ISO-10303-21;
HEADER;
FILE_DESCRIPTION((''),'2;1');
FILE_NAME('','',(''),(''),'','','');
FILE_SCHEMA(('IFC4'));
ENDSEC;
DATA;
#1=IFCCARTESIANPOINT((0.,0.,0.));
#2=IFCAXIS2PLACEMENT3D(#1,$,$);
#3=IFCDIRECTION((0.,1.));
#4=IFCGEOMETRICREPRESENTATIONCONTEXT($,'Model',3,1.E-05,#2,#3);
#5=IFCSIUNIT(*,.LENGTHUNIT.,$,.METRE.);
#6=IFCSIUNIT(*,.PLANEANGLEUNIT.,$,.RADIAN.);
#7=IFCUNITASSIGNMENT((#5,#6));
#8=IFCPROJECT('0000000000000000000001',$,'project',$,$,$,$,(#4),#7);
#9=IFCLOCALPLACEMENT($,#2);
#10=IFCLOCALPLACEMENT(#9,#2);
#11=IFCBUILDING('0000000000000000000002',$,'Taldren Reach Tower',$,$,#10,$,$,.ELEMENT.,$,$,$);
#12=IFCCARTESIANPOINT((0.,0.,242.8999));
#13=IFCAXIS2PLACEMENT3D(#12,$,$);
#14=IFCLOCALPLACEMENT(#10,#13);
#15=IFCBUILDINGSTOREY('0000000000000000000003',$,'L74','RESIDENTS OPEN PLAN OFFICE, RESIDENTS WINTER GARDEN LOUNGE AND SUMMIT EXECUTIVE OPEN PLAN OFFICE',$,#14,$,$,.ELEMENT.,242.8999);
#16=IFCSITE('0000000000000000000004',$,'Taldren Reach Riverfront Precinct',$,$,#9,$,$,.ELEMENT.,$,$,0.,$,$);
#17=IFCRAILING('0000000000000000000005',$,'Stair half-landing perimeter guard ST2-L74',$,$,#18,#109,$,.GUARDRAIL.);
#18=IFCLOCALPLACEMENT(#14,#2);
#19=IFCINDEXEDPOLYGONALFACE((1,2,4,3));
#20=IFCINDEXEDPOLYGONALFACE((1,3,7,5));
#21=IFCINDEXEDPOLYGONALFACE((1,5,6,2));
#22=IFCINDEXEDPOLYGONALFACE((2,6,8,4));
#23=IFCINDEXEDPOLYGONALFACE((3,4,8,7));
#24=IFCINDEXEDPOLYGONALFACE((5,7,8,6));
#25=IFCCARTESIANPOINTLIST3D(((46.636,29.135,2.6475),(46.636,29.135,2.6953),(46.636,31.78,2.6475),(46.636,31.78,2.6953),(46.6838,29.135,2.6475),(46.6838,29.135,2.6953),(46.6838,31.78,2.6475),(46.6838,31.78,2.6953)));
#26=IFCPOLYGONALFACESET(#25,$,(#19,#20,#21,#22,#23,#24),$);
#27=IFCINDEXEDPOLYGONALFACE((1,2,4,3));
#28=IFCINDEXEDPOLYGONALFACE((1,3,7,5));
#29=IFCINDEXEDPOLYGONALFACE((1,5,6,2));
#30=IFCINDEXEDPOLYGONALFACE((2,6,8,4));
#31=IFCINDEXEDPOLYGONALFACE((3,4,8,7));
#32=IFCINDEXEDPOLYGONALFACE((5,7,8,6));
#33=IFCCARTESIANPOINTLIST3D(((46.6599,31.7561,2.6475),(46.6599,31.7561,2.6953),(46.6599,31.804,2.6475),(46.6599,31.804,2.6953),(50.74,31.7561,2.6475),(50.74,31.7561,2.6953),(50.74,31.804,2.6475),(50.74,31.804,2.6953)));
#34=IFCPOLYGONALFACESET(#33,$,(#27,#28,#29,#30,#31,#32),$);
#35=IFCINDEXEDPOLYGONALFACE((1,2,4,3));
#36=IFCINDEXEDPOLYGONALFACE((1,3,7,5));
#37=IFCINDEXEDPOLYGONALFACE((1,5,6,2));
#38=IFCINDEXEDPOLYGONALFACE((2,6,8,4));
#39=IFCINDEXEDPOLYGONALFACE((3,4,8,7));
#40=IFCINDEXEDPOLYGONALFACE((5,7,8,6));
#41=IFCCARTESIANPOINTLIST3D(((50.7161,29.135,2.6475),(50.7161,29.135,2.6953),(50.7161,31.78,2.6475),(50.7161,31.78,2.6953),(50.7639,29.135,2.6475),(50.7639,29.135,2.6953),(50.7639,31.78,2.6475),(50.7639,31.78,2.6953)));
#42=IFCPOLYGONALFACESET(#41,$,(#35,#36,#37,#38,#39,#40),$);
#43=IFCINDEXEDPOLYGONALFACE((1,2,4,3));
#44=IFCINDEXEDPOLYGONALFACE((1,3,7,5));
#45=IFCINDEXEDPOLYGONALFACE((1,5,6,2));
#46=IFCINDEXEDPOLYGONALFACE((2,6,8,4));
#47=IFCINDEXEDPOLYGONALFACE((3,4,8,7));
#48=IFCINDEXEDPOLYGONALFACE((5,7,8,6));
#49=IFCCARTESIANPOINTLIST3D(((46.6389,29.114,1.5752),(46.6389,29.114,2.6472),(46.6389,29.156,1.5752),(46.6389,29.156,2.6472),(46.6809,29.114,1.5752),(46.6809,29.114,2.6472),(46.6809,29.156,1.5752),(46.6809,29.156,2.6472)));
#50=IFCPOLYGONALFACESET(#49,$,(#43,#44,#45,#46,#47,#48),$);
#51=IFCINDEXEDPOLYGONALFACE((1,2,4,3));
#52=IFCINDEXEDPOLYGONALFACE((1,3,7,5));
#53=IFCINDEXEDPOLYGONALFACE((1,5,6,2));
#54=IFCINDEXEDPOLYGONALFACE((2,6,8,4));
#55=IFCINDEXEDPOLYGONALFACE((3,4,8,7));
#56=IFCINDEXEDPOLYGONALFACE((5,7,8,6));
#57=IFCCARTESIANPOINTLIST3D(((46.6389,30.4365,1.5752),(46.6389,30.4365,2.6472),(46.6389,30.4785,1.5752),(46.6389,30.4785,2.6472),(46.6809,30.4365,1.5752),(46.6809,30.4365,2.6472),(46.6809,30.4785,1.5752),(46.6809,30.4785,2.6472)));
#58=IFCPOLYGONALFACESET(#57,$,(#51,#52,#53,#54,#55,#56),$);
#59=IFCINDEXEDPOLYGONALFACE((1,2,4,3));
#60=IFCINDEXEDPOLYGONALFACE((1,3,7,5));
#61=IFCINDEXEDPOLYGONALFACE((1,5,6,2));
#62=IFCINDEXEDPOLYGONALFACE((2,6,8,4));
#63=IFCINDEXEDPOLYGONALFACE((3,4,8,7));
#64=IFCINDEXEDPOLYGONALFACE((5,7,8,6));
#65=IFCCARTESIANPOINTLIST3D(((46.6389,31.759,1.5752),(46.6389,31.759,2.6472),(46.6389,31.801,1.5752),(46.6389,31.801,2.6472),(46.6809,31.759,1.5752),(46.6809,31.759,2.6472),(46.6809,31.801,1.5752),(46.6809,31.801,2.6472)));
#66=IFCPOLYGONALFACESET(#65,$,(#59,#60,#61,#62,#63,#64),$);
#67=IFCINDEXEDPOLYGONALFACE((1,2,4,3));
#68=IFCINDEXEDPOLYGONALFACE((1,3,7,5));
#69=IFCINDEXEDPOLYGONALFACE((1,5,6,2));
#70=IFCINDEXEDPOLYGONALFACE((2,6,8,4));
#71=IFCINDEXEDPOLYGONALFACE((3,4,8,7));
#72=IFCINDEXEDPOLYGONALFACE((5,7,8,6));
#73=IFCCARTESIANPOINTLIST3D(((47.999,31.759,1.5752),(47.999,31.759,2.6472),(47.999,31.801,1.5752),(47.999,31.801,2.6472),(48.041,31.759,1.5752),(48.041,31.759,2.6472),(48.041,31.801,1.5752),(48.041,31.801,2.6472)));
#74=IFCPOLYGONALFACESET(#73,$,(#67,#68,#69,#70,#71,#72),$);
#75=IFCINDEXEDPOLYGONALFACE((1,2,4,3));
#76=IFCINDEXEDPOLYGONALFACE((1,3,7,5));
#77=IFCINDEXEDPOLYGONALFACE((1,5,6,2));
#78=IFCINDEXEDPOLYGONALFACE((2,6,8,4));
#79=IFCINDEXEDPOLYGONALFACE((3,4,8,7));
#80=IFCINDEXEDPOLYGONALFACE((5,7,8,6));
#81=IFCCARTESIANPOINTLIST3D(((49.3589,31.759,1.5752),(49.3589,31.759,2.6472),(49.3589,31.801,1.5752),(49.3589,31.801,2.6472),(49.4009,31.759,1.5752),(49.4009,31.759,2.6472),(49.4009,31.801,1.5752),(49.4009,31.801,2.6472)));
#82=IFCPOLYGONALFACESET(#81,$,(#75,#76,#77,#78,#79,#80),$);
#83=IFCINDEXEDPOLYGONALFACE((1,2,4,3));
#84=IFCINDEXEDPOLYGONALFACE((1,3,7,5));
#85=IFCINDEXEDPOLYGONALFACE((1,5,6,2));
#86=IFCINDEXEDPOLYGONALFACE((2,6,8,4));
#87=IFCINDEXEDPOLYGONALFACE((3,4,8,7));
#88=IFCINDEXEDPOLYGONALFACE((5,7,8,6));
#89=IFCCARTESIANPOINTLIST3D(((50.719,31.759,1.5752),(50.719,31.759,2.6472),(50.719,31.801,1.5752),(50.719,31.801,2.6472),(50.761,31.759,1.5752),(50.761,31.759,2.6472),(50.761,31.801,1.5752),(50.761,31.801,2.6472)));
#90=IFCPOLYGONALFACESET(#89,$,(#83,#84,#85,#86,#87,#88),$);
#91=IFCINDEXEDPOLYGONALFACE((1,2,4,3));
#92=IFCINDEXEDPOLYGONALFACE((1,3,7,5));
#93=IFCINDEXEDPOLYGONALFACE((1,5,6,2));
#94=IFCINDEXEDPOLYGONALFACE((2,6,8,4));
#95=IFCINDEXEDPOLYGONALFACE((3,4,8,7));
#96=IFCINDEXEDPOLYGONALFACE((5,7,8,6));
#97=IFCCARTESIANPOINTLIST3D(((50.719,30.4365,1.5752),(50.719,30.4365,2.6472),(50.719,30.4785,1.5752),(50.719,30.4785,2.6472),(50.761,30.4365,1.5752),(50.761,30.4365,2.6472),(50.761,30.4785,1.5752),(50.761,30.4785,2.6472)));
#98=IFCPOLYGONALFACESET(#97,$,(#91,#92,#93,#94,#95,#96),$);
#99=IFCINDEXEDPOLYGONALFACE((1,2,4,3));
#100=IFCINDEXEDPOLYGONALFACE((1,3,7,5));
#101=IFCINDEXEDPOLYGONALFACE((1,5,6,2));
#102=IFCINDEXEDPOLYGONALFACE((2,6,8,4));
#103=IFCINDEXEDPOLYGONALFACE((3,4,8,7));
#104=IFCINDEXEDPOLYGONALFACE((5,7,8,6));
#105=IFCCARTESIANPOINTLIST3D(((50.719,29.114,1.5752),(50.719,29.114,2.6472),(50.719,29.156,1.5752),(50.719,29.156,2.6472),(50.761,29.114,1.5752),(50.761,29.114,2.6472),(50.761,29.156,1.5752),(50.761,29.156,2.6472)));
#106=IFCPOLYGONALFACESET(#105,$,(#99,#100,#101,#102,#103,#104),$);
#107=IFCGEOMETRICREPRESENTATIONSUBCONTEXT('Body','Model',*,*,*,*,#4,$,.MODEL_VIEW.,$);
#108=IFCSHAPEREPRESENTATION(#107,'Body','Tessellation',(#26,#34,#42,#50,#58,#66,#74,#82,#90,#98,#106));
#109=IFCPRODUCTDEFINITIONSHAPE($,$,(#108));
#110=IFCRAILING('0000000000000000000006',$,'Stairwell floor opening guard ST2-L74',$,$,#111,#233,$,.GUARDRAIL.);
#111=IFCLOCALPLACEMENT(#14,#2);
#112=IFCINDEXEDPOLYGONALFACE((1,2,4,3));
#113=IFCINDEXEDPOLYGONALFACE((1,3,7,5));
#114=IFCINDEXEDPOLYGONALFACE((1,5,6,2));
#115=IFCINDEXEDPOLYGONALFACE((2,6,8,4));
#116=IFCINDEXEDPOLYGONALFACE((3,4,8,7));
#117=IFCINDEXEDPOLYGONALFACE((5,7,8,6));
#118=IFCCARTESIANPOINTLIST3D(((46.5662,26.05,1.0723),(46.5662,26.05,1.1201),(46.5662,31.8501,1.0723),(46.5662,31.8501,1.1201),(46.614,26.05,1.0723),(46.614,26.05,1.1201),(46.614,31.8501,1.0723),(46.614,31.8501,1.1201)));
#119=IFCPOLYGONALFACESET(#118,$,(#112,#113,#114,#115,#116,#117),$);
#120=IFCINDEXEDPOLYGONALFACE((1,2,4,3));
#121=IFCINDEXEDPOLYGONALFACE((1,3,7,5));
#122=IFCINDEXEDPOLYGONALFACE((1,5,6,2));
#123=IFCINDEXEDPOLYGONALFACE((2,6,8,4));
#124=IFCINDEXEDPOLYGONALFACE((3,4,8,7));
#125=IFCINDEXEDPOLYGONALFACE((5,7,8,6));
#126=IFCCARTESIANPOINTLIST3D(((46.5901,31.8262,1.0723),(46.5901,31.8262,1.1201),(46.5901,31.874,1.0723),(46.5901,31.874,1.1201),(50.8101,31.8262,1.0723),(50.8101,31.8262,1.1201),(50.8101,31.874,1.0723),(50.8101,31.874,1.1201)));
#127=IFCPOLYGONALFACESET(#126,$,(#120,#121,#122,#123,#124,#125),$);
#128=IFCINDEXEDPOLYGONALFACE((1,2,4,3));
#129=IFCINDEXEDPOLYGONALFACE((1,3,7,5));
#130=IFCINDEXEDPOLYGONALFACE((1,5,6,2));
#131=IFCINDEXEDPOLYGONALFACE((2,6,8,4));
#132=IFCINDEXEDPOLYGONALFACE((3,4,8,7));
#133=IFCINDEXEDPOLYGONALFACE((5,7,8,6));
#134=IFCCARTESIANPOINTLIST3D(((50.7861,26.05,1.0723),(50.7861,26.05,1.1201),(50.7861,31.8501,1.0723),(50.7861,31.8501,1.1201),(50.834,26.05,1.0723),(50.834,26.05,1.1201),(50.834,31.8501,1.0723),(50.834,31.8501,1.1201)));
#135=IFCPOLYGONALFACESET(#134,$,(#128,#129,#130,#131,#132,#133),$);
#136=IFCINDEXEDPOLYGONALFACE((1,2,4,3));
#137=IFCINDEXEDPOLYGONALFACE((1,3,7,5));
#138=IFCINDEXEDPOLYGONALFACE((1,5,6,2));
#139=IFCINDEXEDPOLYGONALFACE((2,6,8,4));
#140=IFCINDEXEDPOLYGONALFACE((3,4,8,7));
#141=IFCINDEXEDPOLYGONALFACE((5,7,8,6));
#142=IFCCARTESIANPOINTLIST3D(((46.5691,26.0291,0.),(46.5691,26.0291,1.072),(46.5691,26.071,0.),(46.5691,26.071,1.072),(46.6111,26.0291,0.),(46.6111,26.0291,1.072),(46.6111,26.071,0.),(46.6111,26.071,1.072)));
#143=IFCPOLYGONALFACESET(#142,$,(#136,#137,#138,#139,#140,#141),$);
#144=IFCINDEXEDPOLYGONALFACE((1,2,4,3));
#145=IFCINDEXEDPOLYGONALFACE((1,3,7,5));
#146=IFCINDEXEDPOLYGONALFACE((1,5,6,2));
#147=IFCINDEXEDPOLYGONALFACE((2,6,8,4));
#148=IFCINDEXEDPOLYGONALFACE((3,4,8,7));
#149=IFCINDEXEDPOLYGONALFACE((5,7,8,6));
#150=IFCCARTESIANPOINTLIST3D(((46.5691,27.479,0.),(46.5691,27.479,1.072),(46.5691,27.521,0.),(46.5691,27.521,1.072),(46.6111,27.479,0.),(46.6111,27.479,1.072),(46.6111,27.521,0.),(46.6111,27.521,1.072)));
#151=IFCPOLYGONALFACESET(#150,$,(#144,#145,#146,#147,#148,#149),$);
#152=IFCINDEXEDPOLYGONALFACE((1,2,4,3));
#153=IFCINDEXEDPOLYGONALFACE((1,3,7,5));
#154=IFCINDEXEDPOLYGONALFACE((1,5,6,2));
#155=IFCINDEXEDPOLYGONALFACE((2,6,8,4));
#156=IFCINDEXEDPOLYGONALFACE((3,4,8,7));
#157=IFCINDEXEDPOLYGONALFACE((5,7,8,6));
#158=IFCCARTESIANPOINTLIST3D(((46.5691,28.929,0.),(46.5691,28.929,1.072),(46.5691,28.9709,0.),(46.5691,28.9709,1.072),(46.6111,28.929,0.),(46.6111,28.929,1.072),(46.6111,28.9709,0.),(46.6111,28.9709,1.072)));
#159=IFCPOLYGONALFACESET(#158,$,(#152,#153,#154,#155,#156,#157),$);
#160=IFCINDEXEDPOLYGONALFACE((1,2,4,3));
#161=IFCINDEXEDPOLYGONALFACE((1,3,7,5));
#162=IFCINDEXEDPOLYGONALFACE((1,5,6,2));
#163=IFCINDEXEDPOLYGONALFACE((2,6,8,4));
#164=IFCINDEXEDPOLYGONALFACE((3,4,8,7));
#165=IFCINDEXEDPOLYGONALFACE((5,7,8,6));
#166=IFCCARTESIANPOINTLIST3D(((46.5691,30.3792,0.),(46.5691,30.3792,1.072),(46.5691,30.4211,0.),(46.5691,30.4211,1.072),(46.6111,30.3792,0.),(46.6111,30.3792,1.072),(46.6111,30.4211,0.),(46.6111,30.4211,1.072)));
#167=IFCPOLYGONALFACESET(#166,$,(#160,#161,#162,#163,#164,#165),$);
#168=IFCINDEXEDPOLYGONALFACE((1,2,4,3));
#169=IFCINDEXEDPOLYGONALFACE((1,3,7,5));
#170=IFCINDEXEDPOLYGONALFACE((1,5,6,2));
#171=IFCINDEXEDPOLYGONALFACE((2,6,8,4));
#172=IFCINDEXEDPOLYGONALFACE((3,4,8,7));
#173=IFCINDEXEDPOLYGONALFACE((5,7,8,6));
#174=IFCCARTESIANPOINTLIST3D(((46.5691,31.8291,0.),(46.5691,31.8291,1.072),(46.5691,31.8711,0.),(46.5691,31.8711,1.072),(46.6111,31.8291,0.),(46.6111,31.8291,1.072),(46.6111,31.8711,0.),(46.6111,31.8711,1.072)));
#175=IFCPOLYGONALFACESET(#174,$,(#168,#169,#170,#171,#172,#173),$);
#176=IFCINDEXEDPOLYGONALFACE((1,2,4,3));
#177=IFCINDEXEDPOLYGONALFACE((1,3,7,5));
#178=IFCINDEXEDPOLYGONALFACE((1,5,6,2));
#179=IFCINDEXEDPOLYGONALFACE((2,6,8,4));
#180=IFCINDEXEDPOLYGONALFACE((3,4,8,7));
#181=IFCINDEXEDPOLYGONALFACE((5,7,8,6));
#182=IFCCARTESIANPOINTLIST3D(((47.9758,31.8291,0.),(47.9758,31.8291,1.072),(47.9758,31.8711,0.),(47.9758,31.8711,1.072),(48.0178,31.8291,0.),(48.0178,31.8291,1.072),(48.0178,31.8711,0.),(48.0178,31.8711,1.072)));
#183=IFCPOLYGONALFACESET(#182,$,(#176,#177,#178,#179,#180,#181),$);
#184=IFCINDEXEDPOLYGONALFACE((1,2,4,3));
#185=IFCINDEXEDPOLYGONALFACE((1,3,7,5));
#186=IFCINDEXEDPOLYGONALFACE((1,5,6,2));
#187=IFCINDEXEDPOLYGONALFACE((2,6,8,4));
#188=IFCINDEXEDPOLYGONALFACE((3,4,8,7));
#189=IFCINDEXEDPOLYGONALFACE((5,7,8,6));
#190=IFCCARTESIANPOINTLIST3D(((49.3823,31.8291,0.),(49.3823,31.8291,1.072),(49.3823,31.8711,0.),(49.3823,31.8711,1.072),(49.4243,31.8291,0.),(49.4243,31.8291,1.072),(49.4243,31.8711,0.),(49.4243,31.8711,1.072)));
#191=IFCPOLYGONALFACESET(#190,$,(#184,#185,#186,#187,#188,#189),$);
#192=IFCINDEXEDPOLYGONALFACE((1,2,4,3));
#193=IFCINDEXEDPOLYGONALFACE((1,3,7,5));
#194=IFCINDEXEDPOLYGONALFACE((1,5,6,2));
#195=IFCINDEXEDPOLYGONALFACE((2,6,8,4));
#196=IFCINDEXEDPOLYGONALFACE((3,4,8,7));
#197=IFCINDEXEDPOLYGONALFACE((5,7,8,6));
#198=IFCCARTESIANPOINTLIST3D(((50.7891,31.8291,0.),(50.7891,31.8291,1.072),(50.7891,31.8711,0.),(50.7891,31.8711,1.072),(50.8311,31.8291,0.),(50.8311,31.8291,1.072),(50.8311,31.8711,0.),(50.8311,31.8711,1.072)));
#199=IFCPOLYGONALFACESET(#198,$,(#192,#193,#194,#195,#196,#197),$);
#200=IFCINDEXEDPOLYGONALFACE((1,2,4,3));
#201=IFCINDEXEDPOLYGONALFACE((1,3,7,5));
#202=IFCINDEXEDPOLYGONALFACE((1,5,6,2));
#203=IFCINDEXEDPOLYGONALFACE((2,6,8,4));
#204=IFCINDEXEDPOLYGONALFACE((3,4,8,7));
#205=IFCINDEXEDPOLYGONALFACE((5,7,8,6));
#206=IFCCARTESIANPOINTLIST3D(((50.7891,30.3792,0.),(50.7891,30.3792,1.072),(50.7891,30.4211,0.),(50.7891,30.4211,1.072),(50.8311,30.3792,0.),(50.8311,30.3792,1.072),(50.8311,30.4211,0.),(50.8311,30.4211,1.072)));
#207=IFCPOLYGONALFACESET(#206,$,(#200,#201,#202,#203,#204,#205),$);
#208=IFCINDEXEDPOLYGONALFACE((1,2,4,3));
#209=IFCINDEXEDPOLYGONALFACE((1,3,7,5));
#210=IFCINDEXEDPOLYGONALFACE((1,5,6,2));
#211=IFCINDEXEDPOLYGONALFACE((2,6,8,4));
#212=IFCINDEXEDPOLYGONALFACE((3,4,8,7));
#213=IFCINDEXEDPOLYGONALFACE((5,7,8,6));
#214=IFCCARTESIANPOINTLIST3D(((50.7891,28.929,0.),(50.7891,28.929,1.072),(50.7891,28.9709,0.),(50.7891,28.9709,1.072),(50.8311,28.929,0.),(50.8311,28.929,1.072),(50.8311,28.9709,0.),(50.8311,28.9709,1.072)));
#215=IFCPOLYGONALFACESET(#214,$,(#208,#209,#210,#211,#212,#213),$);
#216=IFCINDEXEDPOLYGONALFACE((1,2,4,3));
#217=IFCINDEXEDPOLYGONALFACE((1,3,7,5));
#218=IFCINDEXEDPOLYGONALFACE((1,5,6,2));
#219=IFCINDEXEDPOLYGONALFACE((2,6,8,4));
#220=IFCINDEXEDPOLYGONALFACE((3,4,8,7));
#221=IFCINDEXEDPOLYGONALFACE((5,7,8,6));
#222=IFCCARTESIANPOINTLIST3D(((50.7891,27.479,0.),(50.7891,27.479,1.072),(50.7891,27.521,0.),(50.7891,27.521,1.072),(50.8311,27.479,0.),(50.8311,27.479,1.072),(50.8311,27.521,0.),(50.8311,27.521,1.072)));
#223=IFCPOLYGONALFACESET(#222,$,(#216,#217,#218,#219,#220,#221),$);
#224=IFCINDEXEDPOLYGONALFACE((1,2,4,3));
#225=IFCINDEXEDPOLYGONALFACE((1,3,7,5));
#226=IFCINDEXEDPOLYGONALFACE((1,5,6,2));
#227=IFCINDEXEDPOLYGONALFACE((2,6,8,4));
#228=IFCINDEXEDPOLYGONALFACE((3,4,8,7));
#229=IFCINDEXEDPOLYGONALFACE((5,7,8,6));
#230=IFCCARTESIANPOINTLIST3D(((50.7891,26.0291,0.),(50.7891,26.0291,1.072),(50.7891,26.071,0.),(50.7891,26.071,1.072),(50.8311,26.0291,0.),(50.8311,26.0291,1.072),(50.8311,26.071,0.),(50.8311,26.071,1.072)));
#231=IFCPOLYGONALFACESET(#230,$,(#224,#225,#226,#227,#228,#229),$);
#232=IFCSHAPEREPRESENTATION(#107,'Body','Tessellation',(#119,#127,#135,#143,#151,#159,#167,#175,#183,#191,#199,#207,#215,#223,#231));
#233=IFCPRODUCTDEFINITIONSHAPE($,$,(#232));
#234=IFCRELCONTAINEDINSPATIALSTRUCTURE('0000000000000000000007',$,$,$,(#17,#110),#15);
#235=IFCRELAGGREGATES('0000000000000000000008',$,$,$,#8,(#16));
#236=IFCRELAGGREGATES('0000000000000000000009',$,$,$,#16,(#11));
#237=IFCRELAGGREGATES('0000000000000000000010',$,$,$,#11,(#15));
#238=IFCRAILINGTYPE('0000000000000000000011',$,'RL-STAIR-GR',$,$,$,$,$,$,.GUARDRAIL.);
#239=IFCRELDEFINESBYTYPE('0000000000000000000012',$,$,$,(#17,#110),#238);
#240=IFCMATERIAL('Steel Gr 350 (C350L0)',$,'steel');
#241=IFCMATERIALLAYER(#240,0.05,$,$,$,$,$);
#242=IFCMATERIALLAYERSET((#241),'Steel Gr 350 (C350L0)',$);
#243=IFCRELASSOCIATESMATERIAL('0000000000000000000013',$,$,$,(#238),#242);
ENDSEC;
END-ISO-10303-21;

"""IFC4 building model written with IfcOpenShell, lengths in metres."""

from ifc_helpers import new_model, si_unit, direction, frame, origin, origin_2d, place, context, subcontext, project, spatial, rectangle, extrude, material, layer, layer_set, type_object, element, save


model = new_model("IFC4")

# Units and contexts
model_context = context("Model", 3, precision=1e-05, world=origin(), true_north=direction((0.0, 1.0)))
body_context = subcontext(model_context, "Body", "Model", "MODEL_VIEW")
ifc_project = project(units=[si_unit("LENGTHUNIT", "METRE"), si_unit("PLANEANGLEUNIT", "RADIAN")], contexts=[model_context])

# Site, building, storey
site_placement = place(None, origin())
site = spatial("IfcSite", under=ifc_project, at=site_placement, Name="Taldren Reach Riverfront Precinct", CompositionType="ELEMENT", RefElevation=0.0)
building_placement = place(site_placement, origin())
building = spatial("IfcBuilding", under=site, at=building_placement, Name="Taldren Reach Tower", CompositionType="ELEMENT")
storey_placement = place(building_placement, frame((0.0, 0.0, 242.8999)))
storey = spatial("IfcBuildingStorey", under=building, at=storey_placement, Name="L74", Description="RESIDENTS OPEN PLAN OFFICE, RESIDENTS WINTER GARDEN LOUNGE AND SUMMIT EXECUTIVE OPEN PLAN OFFICE", CompositionType="ELEMENT", Elevation=242.8999)

# Shared definitions
ifc_material_1 = material(Name="Steel Gr 350 (C350L0)", Category="steel")

# Railings
ifc_layer_1 = layer(ifc_material_1, 0.05)
ifc_layer_set_1 = layer_set([ifc_layer_1], Name="Steel Gr 350 (C350L0)")
railing_type_1 = type_object("IfcRailingType", Name="RL-STAIR-GR", PredefinedType="GUARDRAIL", material=ifc_layer_set_1)
railing_1_placement = place(storey_placement, frame((46.6599, 29.135, 1.5752)))
element("IfcRailing", 1, at=railing_1_placement, inside=storey, type_object=railing_type_1, Name="Stair half-landing perimeter guard ST2-L74", PredefinedType="GUARDRAIL", context=body_context, shape_type="SweptSolid", body=[
    extrude(rectangle(XDim=0.0479, YDim=0.0479, at=origin_2d()), frame((0.0, 0.0, 1.0962), z_axis=(0.0, 1.0, 0.0), x_axis=(-1.0, 0.0, 0.0)), (0.0, 0.0, 1.0), 2.645),
    extrude(rectangle(XDim=0.0479, YDim=0.0479, at=origin_2d()), frame((0.0, 2.645, 1.0962), z_axis=(1.0, 0.0, 0.0), x_axis=(0.0, 1.0, 0.0)), (0.0, 0.0, 1.0), 4.0801),
    extrude(rectangle(XDim=0.0479, YDim=0.0479, at=origin_2d()), frame((4.0801, 2.645, 1.0962), z_axis=(0.0, -1.0, 0.0), x_axis=(1.0, 0.0, 0.0)), (0.0, 0.0, 1.0), 2.645),
    extrude(rectangle(XDim=0.042, YDim=0.042, at=origin_2d()), origin(), (0.0, 0.0, 1.0), 1.072),
    extrude(rectangle(XDim=0.042, YDim=0.042, at=origin_2d()), frame((0.0, 1.3225, 0.0)), (0.0, 0.0, 1.0), 1.072),
    extrude(rectangle(XDim=0.042, YDim=0.042, at=origin_2d()), frame((0.0, 2.645, 0.0)), (0.0, 0.0, 1.0), 1.072),
    extrude(rectangle(XDim=0.042, YDim=0.042, at=origin_2d()), frame((1.3601, 2.645, 0.0)), (0.0, 0.0, 1.0), 1.072),
    extrude(rectangle(XDim=0.042, YDim=0.042, at=origin_2d()), frame((2.72, 2.645, 0.0)), (0.0, 0.0, 1.0), 1.072),
    extrude(rectangle(XDim=0.042, YDim=0.042, at=origin_2d()), frame((4.0801, 2.645, 0.0)), (0.0, 0.0, 1.0), 1.072),
    extrude(rectangle(XDim=0.042, YDim=0.042, at=origin_2d()), frame((4.0801, 1.3225, 0.0)), (0.0, 0.0, 1.0), 1.072),
    extrude(rectangle(XDim=0.042, YDim=0.042, at=origin_2d()), frame((4.0801, 0.0, 0.0)), (0.0, 0.0, 1.0), 1.072),
])
railing_2_placement = place(storey_placement, frame((46.5901, 26.05, 0.0)))
element("IfcRailing", 2, at=railing_2_placement, inside=storey, type_object=railing_type_1, Name="Stairwell floor opening guard ST2-L74", PredefinedType="GUARDRAIL", context=body_context, shape_type="SweptSolid", body=[
    extrude(rectangle(XDim=0.0479, YDim=0.0479, at=origin_2d()), frame((0.0, 0.0, 1.0962), z_axis=(0.0, 1.0, 0.0), x_axis=(-1.0, 0.0, 0.0)), (0.0, 0.0, 1.0), 5.8),
    extrude(rectangle(XDim=0.0479, YDim=0.0479, at=origin_2d()), frame((0.0, 5.8, 1.0962), z_axis=(1.0, 0.0, 0.0), x_axis=(0.0, 1.0, 0.0)), (0.0, 0.0, 1.0), 4.22),
    extrude(rectangle(XDim=0.0479, YDim=0.0479, at=origin_2d()), frame((4.22, 5.8, 1.0962), z_axis=(0.0, -1.0, 0.0), x_axis=(1.0, 0.0, 0.0)), (0.0, 0.0, 1.0), 5.8),
    extrude(rectangle(XDim=0.042, YDim=0.042, at=origin_2d()), origin(), (0.0, 0.0, 1.0), 1.072),
    extrude(rectangle(XDim=0.042, YDim=0.042, at=origin_2d()), frame((0.0, 1.45, 0.0)), (0.0, 0.0, 1.0), 1.072),
    extrude(rectangle(XDim=0.042, YDim=0.042, at=origin_2d()), frame((0.0, 2.8999, 0.0)), (0.0, 0.0, 1.0), 1.072),
    extrude(rectangle(XDim=0.042, YDim=0.042, at=origin_2d()), frame((0.0, 4.3501, 0.0)), (0.0, 0.0, 1.0), 1.072),
    extrude(rectangle(XDim=0.042, YDim=0.042, at=origin_2d()), frame((0.0, 5.8, 0.0)), (0.0, 0.0, 1.0), 1.072),
    extrude(rectangle(XDim=0.042, YDim=0.042, at=origin_2d()), frame((1.4067, 5.8, 0.0)), (0.0, 0.0, 1.0), 1.072),
    extrude(rectangle(XDim=0.042, YDim=0.042, at=origin_2d()), frame((2.8132, 5.8, 0.0)), (0.0, 0.0, 1.0), 1.072),
    extrude(rectangle(XDim=0.042, YDim=0.042, at=origin_2d()), frame((4.22, 5.8, 0.0)), (0.0, 0.0, 1.0), 1.072),
    extrude(rectangle(XDim=0.042, YDim=0.042, at=origin_2d()), frame((4.22, 4.3501, 0.0)), (0.0, 0.0, 1.0), 1.072),
    extrude(rectangle(XDim=0.042, YDim=0.042, at=origin_2d()), frame((4.22, 2.8999, 0.0)), (0.0, 0.0, 1.0), 1.072),
    extrude(rectangle(XDim=0.042, YDim=0.042, at=origin_2d()), frame((4.22, 1.45, 0.0)), (0.0, 0.0, 1.0), 1.072),
    extrude(rectangle(XDim=0.042, YDim=0.042, at=origin_2d()), frame((4.22, 0.0, 0.0)), (0.0, 0.0, 1.0), 1.072),
])

save(model, "model.ifc")
